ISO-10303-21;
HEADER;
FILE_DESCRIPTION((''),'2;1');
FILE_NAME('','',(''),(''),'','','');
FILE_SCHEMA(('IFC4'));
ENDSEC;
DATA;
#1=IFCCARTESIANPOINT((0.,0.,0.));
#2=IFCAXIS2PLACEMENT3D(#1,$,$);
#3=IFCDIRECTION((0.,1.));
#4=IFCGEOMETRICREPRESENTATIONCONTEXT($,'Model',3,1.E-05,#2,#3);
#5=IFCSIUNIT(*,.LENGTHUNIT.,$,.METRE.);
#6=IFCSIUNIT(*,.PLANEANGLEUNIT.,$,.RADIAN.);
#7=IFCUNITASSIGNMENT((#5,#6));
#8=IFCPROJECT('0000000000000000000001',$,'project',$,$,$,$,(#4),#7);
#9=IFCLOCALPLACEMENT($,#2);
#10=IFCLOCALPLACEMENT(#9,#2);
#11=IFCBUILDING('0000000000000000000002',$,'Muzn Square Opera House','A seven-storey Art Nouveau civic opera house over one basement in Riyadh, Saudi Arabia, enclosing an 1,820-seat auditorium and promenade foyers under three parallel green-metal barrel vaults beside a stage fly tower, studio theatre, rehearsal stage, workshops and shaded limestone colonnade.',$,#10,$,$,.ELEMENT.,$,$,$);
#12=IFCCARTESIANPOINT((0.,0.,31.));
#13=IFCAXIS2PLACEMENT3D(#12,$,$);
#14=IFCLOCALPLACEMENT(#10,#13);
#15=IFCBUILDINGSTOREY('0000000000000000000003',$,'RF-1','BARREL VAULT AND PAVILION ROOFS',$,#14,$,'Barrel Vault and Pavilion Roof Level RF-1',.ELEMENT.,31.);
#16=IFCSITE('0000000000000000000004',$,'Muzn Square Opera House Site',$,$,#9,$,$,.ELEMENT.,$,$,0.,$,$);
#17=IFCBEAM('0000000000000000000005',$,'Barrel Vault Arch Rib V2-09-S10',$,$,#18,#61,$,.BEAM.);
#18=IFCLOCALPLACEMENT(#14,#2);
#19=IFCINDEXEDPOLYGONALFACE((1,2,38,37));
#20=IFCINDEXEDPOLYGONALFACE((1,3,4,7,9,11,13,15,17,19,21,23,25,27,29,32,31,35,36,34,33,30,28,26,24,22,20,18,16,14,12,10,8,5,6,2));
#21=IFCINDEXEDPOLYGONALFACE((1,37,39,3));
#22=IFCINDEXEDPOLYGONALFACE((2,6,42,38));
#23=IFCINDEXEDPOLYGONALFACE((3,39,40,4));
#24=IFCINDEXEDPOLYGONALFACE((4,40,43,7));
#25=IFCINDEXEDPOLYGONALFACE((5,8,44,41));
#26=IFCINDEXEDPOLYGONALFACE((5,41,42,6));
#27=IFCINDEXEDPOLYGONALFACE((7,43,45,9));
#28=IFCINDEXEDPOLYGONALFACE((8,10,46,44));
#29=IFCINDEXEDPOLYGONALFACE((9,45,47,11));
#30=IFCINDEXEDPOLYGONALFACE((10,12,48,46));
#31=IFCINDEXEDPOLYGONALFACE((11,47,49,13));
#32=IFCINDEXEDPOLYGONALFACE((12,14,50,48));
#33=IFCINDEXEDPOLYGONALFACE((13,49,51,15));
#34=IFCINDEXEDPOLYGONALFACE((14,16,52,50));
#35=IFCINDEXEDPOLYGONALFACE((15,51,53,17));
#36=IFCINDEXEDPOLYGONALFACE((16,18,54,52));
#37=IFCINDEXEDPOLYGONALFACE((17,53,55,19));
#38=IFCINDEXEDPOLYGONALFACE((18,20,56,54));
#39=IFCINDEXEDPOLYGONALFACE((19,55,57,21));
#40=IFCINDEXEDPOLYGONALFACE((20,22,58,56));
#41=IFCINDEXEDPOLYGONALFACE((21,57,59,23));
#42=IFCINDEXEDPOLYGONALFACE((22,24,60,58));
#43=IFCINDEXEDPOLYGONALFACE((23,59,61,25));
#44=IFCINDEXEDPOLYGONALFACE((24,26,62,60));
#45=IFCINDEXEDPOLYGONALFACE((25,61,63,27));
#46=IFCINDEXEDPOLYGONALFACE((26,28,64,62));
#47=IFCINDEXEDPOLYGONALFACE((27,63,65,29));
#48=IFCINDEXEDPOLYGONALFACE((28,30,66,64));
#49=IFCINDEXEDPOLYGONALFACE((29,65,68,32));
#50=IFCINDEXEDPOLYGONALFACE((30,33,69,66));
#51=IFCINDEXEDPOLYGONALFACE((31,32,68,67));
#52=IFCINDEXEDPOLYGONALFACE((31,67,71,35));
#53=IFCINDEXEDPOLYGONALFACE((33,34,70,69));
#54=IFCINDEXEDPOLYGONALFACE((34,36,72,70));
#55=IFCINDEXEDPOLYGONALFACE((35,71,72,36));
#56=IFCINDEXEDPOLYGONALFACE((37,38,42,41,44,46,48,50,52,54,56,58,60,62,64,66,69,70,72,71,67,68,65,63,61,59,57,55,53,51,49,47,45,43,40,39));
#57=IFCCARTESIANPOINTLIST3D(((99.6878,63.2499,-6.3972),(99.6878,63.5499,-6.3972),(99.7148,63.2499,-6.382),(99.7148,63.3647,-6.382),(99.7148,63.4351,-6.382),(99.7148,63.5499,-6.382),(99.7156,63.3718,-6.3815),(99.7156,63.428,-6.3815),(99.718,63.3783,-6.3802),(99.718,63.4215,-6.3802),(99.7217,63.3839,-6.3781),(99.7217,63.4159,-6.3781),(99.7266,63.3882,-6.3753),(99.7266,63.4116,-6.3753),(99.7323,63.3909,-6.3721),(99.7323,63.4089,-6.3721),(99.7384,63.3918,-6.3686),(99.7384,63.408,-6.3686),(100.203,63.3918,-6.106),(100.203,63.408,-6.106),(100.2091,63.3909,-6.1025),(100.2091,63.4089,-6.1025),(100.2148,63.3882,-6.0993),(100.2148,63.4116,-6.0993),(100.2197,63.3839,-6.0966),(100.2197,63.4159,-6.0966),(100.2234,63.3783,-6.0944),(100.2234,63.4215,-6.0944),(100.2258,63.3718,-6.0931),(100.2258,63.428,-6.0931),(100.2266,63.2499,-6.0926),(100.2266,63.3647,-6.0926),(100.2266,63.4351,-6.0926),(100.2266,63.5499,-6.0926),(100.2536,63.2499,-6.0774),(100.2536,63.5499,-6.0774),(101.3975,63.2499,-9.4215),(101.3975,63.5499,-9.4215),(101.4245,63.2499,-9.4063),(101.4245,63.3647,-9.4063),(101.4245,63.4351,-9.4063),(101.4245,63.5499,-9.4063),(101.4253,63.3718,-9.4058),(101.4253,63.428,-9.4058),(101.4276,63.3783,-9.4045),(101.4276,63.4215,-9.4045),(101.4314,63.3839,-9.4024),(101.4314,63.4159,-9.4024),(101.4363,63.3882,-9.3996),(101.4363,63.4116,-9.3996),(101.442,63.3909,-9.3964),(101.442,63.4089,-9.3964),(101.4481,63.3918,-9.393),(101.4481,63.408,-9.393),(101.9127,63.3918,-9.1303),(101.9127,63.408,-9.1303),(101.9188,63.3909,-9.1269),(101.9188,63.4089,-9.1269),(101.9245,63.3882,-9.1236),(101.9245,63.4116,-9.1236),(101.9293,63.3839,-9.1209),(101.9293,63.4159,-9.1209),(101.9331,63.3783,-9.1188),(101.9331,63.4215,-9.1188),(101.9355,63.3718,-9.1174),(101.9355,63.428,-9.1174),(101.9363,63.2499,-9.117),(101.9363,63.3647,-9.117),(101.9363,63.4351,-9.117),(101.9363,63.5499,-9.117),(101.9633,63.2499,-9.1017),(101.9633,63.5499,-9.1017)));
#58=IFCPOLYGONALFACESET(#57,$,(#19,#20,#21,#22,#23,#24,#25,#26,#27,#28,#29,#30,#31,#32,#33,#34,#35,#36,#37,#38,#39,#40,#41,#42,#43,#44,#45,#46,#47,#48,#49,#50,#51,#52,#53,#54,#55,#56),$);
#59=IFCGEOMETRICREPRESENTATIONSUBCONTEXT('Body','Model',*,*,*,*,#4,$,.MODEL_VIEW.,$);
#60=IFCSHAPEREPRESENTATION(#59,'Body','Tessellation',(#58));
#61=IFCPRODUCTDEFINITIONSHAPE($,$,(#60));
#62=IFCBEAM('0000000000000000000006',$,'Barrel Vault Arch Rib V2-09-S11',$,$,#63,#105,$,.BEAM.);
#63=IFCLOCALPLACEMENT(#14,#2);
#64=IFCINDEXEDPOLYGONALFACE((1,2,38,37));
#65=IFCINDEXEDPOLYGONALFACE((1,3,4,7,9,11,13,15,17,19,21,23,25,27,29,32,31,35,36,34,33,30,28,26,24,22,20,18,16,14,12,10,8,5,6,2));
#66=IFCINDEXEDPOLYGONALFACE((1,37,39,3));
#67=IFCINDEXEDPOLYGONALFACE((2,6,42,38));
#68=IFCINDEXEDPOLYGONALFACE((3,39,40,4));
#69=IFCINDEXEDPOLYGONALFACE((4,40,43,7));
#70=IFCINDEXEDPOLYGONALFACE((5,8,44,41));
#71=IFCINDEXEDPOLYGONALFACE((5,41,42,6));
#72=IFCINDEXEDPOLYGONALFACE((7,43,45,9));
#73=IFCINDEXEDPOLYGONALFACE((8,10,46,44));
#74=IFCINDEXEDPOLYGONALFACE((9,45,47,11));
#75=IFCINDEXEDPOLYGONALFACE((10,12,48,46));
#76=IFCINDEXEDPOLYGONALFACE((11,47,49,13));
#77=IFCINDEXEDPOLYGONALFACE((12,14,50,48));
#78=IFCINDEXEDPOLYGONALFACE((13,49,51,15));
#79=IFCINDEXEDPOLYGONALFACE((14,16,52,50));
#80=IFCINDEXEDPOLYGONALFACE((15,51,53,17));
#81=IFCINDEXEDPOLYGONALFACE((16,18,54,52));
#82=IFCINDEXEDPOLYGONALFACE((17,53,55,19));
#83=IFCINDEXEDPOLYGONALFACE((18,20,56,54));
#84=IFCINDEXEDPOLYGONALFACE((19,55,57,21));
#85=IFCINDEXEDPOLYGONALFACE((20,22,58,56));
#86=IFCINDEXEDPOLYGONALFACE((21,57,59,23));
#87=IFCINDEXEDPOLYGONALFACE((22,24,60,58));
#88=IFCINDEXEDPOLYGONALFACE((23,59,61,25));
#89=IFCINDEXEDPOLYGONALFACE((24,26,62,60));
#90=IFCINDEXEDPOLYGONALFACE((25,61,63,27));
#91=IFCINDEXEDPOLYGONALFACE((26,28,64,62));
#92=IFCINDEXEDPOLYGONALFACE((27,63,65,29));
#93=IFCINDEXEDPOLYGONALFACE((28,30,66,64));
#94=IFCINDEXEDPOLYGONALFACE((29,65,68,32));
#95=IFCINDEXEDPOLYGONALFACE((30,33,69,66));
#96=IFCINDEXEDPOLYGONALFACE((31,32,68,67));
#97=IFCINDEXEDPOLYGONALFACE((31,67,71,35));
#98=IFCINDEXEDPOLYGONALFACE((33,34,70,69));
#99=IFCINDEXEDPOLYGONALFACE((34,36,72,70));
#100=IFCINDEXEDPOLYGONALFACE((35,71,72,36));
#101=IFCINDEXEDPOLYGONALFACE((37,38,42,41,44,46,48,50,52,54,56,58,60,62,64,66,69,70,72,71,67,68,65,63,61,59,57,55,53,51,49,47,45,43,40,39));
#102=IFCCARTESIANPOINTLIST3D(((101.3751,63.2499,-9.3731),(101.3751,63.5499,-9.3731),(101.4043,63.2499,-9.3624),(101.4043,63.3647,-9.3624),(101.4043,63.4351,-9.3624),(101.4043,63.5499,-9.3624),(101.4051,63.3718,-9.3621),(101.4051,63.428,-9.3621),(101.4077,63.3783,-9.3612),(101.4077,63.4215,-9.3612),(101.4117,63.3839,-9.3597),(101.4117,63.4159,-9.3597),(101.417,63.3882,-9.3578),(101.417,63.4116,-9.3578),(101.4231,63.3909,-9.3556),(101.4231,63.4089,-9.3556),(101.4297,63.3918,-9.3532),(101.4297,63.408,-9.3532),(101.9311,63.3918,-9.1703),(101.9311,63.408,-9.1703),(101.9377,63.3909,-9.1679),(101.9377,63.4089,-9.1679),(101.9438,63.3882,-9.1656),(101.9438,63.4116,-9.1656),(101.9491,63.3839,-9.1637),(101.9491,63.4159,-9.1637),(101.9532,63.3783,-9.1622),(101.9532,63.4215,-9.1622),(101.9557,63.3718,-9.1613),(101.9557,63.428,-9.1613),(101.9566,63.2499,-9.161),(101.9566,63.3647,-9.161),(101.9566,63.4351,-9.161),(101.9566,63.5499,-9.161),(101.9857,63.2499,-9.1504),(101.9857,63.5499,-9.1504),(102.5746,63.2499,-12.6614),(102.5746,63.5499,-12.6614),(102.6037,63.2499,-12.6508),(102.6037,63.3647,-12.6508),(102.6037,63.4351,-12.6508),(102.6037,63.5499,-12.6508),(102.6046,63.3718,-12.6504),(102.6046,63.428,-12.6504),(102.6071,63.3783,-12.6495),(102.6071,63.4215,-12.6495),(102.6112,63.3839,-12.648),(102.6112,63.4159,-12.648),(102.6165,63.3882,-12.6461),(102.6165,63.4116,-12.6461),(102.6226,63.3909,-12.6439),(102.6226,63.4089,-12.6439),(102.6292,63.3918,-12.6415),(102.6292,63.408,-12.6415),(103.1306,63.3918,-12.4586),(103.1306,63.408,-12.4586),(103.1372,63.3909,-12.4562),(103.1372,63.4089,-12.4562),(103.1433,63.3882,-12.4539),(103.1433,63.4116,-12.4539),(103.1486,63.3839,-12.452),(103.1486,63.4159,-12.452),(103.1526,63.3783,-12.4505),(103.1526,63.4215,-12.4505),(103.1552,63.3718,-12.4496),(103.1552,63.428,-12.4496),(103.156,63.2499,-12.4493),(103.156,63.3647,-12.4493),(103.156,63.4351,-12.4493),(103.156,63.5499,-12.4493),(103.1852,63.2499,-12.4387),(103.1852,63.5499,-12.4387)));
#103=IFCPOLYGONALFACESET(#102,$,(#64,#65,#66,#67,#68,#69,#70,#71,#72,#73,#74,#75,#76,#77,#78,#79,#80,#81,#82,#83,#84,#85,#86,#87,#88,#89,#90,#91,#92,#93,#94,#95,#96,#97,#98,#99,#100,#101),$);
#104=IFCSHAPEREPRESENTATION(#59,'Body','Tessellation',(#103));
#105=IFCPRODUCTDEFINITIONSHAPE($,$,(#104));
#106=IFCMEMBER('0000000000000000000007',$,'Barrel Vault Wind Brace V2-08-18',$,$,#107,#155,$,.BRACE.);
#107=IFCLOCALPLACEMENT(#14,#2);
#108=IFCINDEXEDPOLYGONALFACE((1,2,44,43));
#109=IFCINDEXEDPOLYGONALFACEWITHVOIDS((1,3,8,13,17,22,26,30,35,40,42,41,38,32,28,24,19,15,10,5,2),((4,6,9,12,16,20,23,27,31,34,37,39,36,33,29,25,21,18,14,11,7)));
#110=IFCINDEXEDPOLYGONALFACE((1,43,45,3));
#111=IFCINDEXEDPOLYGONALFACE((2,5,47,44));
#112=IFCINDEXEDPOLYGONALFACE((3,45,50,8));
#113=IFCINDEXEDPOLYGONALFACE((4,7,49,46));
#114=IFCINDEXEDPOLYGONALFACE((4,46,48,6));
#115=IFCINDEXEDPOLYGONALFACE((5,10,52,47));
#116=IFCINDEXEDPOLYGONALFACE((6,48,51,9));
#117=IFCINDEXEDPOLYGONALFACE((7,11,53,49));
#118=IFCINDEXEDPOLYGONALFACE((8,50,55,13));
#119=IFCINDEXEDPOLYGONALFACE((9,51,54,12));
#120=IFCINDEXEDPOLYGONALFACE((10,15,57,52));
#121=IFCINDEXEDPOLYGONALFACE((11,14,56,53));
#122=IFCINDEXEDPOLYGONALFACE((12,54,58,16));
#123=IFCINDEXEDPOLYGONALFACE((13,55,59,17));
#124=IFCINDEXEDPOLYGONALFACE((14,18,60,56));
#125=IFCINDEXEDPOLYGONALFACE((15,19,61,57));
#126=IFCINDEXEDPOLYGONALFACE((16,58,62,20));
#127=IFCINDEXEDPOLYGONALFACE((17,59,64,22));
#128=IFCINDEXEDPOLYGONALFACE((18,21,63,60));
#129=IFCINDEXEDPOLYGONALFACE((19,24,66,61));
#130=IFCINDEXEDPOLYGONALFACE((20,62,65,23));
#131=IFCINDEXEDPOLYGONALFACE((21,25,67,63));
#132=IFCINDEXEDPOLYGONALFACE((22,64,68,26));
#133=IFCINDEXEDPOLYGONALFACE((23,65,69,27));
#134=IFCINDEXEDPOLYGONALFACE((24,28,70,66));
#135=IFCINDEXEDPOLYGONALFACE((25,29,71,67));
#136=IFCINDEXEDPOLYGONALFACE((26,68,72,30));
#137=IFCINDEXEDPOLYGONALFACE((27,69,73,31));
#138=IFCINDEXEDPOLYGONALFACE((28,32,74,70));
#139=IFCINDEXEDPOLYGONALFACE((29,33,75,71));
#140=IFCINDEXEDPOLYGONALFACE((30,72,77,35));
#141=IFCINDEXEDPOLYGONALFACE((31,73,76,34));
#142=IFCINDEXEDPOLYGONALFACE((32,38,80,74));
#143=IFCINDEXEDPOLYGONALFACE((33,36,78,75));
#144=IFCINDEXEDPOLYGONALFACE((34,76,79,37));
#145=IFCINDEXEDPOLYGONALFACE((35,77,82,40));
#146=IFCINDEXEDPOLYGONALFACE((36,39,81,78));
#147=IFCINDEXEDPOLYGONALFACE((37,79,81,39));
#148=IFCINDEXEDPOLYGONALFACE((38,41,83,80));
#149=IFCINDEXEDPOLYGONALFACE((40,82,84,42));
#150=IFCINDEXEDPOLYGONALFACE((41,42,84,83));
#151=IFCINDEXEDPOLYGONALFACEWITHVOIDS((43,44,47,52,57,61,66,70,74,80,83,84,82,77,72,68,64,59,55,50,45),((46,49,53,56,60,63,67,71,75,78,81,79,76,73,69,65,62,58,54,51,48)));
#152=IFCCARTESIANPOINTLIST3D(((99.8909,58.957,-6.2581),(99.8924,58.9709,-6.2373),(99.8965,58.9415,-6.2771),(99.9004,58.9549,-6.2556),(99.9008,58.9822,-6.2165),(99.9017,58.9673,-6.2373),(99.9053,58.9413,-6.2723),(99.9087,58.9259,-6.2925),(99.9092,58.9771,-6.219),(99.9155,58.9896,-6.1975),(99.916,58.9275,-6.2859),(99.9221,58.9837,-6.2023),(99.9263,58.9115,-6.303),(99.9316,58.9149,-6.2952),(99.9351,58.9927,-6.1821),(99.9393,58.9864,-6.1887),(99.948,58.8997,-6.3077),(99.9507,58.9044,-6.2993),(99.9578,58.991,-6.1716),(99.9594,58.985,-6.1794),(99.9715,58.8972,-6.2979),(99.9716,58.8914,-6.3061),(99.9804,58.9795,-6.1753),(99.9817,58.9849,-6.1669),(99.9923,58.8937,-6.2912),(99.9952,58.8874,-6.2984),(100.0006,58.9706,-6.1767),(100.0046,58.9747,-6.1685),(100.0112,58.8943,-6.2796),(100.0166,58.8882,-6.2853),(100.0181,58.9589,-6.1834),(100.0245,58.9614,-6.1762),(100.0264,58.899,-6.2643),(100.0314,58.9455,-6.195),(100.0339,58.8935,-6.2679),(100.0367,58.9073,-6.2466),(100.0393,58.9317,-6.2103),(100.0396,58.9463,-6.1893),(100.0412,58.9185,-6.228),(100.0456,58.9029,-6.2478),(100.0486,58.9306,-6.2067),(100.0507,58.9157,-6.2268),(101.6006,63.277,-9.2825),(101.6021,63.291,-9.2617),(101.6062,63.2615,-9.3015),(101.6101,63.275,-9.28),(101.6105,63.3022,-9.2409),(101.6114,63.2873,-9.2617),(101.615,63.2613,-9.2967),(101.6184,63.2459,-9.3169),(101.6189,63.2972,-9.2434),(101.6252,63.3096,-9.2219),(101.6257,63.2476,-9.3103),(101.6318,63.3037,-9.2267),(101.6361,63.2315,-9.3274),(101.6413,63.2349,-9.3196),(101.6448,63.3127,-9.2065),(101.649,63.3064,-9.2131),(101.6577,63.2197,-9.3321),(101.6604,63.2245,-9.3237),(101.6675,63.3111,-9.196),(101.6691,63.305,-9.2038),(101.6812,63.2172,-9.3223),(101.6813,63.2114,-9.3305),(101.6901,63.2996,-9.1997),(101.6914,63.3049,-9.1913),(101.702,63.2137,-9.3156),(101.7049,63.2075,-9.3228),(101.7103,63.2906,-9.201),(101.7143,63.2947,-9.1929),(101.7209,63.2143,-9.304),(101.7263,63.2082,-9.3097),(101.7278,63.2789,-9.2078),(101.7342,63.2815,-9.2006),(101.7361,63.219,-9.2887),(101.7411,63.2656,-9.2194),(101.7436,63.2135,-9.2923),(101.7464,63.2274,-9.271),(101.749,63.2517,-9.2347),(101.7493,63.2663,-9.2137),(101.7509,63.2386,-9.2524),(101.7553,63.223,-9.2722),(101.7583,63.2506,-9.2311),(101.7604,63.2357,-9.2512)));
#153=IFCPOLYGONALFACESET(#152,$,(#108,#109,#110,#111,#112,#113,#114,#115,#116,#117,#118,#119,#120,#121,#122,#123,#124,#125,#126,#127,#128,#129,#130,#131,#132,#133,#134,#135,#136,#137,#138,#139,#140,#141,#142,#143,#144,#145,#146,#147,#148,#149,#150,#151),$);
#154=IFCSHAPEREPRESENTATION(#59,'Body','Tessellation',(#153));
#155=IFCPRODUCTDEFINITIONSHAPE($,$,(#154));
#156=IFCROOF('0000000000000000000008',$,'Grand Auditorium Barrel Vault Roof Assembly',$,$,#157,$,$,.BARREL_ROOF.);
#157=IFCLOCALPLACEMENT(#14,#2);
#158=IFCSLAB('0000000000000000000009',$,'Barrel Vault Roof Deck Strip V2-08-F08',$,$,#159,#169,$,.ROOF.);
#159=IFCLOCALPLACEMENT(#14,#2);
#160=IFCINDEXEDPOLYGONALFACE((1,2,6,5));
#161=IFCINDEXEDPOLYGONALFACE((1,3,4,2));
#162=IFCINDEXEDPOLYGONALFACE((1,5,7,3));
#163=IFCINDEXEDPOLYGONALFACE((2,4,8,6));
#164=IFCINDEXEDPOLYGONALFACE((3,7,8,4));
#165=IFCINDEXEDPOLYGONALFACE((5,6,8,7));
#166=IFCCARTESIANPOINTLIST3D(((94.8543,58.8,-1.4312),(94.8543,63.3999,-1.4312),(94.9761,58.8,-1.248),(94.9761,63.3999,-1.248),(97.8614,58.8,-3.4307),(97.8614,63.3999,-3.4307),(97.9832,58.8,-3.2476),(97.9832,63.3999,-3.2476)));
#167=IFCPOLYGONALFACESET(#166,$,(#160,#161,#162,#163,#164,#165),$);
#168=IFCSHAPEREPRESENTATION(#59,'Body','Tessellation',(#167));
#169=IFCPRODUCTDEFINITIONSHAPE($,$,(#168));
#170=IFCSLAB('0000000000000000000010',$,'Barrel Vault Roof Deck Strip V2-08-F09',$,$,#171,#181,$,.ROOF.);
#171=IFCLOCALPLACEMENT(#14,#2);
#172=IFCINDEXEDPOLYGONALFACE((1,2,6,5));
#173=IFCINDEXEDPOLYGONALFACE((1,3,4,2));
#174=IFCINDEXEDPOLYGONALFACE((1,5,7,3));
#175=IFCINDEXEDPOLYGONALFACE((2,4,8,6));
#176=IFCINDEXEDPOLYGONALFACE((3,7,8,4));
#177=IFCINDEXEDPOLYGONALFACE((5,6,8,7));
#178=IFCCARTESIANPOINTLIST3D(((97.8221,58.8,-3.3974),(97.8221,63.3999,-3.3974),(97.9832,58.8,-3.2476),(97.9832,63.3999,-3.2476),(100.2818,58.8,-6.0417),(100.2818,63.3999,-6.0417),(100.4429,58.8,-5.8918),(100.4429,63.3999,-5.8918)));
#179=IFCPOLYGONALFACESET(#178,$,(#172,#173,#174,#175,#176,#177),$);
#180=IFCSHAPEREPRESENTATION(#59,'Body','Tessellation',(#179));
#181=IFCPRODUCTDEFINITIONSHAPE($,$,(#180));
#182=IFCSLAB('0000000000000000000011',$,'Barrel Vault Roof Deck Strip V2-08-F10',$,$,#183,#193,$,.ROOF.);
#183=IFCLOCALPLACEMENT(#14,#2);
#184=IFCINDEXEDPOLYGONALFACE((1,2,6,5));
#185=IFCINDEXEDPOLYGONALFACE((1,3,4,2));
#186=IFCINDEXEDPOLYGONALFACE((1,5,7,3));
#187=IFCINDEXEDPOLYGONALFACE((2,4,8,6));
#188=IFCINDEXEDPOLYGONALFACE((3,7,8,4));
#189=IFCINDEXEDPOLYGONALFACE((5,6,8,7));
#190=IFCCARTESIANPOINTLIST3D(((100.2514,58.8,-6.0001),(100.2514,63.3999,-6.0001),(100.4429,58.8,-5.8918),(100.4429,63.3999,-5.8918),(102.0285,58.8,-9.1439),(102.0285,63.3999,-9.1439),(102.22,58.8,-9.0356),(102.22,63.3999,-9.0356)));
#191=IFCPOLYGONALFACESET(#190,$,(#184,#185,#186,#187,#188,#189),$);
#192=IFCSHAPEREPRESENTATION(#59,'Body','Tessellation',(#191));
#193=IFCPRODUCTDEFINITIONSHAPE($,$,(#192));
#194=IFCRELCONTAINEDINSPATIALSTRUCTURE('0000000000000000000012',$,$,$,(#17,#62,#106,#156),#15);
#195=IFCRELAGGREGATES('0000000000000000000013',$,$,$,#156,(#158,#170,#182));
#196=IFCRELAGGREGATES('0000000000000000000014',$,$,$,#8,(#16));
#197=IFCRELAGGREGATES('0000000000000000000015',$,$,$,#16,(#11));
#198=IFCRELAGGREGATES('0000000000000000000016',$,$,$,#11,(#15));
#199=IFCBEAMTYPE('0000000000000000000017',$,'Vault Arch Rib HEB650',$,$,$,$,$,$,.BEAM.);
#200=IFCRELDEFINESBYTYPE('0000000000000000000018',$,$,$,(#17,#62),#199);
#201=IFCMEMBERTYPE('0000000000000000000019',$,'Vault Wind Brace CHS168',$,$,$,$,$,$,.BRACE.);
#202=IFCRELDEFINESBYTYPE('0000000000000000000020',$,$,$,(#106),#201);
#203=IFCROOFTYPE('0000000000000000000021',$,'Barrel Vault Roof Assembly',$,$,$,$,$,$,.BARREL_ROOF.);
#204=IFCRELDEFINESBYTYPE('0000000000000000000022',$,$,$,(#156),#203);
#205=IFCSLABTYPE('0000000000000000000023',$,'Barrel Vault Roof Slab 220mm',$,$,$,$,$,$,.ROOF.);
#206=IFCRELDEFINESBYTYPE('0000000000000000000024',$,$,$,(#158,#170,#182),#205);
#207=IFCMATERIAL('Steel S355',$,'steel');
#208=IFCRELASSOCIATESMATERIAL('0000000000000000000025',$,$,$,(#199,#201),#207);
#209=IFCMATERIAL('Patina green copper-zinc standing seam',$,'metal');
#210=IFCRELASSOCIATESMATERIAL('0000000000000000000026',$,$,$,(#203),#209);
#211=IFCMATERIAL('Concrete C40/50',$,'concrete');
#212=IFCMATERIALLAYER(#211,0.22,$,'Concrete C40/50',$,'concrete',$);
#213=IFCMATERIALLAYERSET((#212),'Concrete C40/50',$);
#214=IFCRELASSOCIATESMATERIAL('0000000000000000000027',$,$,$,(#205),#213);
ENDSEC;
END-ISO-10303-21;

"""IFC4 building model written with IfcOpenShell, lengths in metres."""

from ifc_helpers import new_model, si_unit, direction, frame, origin, origin_2d, place, context, subcontext, project, spatial, polyline, hollow_circle, i_section, outline, extrude, material, layer, layer_set, material_profile, profile_set, type_object, element, aggregate, save


model = new_model("IFC4")

# Units and contexts
model_context = context("Model", 3, precision=1e-05, world=origin(), true_north=direction((0.0, 1.0)))
body_context = subcontext(model_context, "Body", "Model", "MODEL_VIEW")
ifc_project = project(units=[si_unit("LENGTHUNIT", "METRE"), si_unit("PLANEANGLEUNIT", "RADIAN")], contexts=[model_context])

# Site, building, storey
site_placement = place(None, origin())
site = spatial("IfcSite", under=ifc_project, at=site_placement, Name="Muzn Square Opera House Site", CompositionType="ELEMENT", RefElevation=0.0)
building_placement = place(site_placement, origin())
building = spatial("IfcBuilding", under=site, at=building_placement, Name="Muzn Square Opera House", Description="A seven-storey Art Nouveau civic opera house over one basement in Riyadh, Saudi Arabia, enclosing an 1,820-seat auditorium and promenade foyers under three parallel green-metal barrel vaults beside a stage fly tower, studio theatre, rehearsal stage, workshops and shaded limestone colonnade.", CompositionType="ELEMENT")
storey_placement = place(building_placement, frame((0.0, 0.0, 31.0)))
storey = spatial("IfcBuildingStorey", under=building, at=storey_placement, Name="RF-1", Description="BARREL VAULT AND PAVILION ROOFS", LongName="Barrel Vault and Pavilion Roof Level RF-1", CompositionType="ELEMENT", Elevation=31.0)

# Beams
ifc_material_1 = material(Name="Steel S355", Category="steel")
ifc_material_profile_1 = material_profile(ifc_material_1, i_section(OverallWidth=0.3, OverallDepth=0.6499, WebThickness=0.0161, FlangeThickness=0.031, FilletRadius=0.0271, at=origin_2d()), Name="HEB 650", Category="steel")
ifc_profile_set_1 = profile_set([ifc_material_profile_1], Name="Steel S355")
beam_type_1 = type_object("IfcBeamType", Name="Vault Arch Rib HEB650", PredefinedType="BEAM", material=ifc_profile_set_1)
beam_1_placement = place(storey_placement, frame((99.9707, 63.3999, -6.2373), z_axis=(0.492115, 0.0, -0.87053), x_axis=(0.0, 1.0, 0.0)))
element("IfcBeam", 1, at=beam_1_placement, inside=storey, type_object=beam_type_1, Name="Barrel Vault Arch Rib V2-09-S10", PredefinedType="BEAM", context=body_context, shape_type="SweptSolid", body=[
    extrude(i_section(OverallWidth=0.3, OverallDepth=0.6499, WebThickness=0.0161, FlangeThickness=0.031, FilletRadius=0.0271, at=origin_2d()), origin(), (0.0, 0.0, 1.0), 3.4741),
])
beam_2_placement = place(storey_placement, frame((101.6804, 63.3999, -9.2617), z_axis=(0.342678, 0.0, -0.939453), x_axis=(0.0, 1.0, 0.0)))
element("IfcBeam", 2, at=beam_2_placement, inside=storey, type_object=beam_type_1, Name="Barrel Vault Arch Rib V2-09-S11", PredefinedType="BEAM", context=body_context, shape_type="SweptSolid", body=[
    extrude(i_section(OverallWidth=0.3, OverallDepth=0.6499, WebThickness=0.0161, FlangeThickness=0.031, FilletRadius=0.0271, at=origin_2d()), origin(), (0.0, 0.0, 1.0), 3.5002),
])

# Member
ifc_material_profile_2 = material_profile(ifc_material_1, hollow_circle(Radius=0.0842, WallThickness=0.01, at=origin_2d()), Name="CHS 168.3x10", Category="steel")
ifc_profile_set_2 = profile_set([ifc_material_profile_2], Name="Steel S355")
member_type = type_object("IfcMemberType", Name="Vault Wind Brace CHS168", PredefinedType="BRACE", material=ifc_profile_set_2)
member_placement = place(storey_placement, frame((99.9707, 58.9399, -6.2373), z_axis=(0.308404, 0.779268, -0.545553), x_axis=(-0.929829, 0.367991, 0.0)))
element("IfcMember", 3, at=member_placement, inside=storey, type_object=member_type, Name="Barrel Vault Wind Brace V2-08-18", PredefinedType="BRACE", context=body_context, shape_type="SweptSolid", body=[
    extrude(hollow_circle(Radius=0.0842, WallThickness=0.01, at=origin_2d()), origin(), (0.0, 0.0, 1.0), 5.5437),
])

# Roof, slabs
ifc_material_2 = material(Name="Patina green copper-zinc standing seam", Category="metal")
roof_type = type_object("IfcRoofType", Name="Barrel Vault Roof Assembly", PredefinedType="BARREL_ROOF", material=ifc_material_2)
roof_placement = place(storey_placement, origin())
roof = element("IfcRoof", 4, at=roof_placement, inside=storey, type_object=roof_type, Name="Grand Auditorium Barrel Vault Roof Assembly", PredefinedType="BARREL_ROOF")
ifc_material_3 = material(Name="Concrete C40/50", Category="concrete")
ifc_layer_1 = layer(ifc_material_3, 0.22, Name="Concrete C40/50", Category="concrete")
ifc_layer_set_1 = layer_set([ifc_layer_1], Name="Concrete C40/50")
slab_type = type_object("IfcSlabType", Name="Barrel Vault Roof Slab 220mm", PredefinedType="ROOF", material=ifc_layer_set_1)
slab_1_placement = place(storey_placement, frame((94.9761, 58.8, -1.248), z_axis=(0.553701, 0.0, 0.832715), x_axis=(0.832715, 0.0, -0.553701)))
slab_1 = element("IfcSlab", 5, at=slab_1_placement, type_object=slab_type, Name="Barrel Vault Roof Deck Strip V2-08-F08", PredefinedType="ROOF", context=body_context, shape_type="SweptSolid", body=[
    extrude(outline(polyline([(0.0, 0.0), (3.6112, 0.0), (3.6112, 4.5999), (0.0, 4.5999), (0.0, 0.0)])), origin(), (0.0, 0.0, -1.0), 0.22),
])
slab_2_placement = place(storey_placement, frame((97.9832, 58.8, -3.2476), z_axis=(0.732198, 0.0, 0.681091), x_axis=(0.681091, 0.0, -0.732198)))
slab_2 = element("IfcSlab", 6, at=slab_2_placement, type_object=slab_type, Name="Barrel Vault Roof Deck Strip V2-08-F09", PredefinedType="ROOF", context=body_context, shape_type="SweptSolid", body=[
    extrude(outline(polyline([(0.0, 0.0), (3.6114, 0.0), (3.6114, 4.5999), (0.0, 4.5999), (0.0, 0.0)])), origin(), (0.0, 0.0, -1.0), 0.22),
])
slab_3_placement = place(storey_placement, frame((100.4429, 58.8, -5.8918), z_axis=(0.870543, 0.0, 0.492093), x_axis=(0.492093, 0.0, -0.870543)))
slab_3 = element("IfcSlab", 7, at=slab_3_placement, type_object=slab_type, Name="Barrel Vault Roof Deck Strip V2-08-F10", PredefinedType="ROOF", context=body_context, shape_type="SweptSolid", body=[
    extrude(outline(polyline([(0.0, 0.0), (3.6113, 0.0), (3.6113, 4.5999), (0.0, 4.5999), (0.0, 0.0)])), origin(), (0.0, 0.0, -1.0), 0.22),
])
aggregate(roof, [slab_1, slab_2, slab_3])

save(model, "model.ifc")
